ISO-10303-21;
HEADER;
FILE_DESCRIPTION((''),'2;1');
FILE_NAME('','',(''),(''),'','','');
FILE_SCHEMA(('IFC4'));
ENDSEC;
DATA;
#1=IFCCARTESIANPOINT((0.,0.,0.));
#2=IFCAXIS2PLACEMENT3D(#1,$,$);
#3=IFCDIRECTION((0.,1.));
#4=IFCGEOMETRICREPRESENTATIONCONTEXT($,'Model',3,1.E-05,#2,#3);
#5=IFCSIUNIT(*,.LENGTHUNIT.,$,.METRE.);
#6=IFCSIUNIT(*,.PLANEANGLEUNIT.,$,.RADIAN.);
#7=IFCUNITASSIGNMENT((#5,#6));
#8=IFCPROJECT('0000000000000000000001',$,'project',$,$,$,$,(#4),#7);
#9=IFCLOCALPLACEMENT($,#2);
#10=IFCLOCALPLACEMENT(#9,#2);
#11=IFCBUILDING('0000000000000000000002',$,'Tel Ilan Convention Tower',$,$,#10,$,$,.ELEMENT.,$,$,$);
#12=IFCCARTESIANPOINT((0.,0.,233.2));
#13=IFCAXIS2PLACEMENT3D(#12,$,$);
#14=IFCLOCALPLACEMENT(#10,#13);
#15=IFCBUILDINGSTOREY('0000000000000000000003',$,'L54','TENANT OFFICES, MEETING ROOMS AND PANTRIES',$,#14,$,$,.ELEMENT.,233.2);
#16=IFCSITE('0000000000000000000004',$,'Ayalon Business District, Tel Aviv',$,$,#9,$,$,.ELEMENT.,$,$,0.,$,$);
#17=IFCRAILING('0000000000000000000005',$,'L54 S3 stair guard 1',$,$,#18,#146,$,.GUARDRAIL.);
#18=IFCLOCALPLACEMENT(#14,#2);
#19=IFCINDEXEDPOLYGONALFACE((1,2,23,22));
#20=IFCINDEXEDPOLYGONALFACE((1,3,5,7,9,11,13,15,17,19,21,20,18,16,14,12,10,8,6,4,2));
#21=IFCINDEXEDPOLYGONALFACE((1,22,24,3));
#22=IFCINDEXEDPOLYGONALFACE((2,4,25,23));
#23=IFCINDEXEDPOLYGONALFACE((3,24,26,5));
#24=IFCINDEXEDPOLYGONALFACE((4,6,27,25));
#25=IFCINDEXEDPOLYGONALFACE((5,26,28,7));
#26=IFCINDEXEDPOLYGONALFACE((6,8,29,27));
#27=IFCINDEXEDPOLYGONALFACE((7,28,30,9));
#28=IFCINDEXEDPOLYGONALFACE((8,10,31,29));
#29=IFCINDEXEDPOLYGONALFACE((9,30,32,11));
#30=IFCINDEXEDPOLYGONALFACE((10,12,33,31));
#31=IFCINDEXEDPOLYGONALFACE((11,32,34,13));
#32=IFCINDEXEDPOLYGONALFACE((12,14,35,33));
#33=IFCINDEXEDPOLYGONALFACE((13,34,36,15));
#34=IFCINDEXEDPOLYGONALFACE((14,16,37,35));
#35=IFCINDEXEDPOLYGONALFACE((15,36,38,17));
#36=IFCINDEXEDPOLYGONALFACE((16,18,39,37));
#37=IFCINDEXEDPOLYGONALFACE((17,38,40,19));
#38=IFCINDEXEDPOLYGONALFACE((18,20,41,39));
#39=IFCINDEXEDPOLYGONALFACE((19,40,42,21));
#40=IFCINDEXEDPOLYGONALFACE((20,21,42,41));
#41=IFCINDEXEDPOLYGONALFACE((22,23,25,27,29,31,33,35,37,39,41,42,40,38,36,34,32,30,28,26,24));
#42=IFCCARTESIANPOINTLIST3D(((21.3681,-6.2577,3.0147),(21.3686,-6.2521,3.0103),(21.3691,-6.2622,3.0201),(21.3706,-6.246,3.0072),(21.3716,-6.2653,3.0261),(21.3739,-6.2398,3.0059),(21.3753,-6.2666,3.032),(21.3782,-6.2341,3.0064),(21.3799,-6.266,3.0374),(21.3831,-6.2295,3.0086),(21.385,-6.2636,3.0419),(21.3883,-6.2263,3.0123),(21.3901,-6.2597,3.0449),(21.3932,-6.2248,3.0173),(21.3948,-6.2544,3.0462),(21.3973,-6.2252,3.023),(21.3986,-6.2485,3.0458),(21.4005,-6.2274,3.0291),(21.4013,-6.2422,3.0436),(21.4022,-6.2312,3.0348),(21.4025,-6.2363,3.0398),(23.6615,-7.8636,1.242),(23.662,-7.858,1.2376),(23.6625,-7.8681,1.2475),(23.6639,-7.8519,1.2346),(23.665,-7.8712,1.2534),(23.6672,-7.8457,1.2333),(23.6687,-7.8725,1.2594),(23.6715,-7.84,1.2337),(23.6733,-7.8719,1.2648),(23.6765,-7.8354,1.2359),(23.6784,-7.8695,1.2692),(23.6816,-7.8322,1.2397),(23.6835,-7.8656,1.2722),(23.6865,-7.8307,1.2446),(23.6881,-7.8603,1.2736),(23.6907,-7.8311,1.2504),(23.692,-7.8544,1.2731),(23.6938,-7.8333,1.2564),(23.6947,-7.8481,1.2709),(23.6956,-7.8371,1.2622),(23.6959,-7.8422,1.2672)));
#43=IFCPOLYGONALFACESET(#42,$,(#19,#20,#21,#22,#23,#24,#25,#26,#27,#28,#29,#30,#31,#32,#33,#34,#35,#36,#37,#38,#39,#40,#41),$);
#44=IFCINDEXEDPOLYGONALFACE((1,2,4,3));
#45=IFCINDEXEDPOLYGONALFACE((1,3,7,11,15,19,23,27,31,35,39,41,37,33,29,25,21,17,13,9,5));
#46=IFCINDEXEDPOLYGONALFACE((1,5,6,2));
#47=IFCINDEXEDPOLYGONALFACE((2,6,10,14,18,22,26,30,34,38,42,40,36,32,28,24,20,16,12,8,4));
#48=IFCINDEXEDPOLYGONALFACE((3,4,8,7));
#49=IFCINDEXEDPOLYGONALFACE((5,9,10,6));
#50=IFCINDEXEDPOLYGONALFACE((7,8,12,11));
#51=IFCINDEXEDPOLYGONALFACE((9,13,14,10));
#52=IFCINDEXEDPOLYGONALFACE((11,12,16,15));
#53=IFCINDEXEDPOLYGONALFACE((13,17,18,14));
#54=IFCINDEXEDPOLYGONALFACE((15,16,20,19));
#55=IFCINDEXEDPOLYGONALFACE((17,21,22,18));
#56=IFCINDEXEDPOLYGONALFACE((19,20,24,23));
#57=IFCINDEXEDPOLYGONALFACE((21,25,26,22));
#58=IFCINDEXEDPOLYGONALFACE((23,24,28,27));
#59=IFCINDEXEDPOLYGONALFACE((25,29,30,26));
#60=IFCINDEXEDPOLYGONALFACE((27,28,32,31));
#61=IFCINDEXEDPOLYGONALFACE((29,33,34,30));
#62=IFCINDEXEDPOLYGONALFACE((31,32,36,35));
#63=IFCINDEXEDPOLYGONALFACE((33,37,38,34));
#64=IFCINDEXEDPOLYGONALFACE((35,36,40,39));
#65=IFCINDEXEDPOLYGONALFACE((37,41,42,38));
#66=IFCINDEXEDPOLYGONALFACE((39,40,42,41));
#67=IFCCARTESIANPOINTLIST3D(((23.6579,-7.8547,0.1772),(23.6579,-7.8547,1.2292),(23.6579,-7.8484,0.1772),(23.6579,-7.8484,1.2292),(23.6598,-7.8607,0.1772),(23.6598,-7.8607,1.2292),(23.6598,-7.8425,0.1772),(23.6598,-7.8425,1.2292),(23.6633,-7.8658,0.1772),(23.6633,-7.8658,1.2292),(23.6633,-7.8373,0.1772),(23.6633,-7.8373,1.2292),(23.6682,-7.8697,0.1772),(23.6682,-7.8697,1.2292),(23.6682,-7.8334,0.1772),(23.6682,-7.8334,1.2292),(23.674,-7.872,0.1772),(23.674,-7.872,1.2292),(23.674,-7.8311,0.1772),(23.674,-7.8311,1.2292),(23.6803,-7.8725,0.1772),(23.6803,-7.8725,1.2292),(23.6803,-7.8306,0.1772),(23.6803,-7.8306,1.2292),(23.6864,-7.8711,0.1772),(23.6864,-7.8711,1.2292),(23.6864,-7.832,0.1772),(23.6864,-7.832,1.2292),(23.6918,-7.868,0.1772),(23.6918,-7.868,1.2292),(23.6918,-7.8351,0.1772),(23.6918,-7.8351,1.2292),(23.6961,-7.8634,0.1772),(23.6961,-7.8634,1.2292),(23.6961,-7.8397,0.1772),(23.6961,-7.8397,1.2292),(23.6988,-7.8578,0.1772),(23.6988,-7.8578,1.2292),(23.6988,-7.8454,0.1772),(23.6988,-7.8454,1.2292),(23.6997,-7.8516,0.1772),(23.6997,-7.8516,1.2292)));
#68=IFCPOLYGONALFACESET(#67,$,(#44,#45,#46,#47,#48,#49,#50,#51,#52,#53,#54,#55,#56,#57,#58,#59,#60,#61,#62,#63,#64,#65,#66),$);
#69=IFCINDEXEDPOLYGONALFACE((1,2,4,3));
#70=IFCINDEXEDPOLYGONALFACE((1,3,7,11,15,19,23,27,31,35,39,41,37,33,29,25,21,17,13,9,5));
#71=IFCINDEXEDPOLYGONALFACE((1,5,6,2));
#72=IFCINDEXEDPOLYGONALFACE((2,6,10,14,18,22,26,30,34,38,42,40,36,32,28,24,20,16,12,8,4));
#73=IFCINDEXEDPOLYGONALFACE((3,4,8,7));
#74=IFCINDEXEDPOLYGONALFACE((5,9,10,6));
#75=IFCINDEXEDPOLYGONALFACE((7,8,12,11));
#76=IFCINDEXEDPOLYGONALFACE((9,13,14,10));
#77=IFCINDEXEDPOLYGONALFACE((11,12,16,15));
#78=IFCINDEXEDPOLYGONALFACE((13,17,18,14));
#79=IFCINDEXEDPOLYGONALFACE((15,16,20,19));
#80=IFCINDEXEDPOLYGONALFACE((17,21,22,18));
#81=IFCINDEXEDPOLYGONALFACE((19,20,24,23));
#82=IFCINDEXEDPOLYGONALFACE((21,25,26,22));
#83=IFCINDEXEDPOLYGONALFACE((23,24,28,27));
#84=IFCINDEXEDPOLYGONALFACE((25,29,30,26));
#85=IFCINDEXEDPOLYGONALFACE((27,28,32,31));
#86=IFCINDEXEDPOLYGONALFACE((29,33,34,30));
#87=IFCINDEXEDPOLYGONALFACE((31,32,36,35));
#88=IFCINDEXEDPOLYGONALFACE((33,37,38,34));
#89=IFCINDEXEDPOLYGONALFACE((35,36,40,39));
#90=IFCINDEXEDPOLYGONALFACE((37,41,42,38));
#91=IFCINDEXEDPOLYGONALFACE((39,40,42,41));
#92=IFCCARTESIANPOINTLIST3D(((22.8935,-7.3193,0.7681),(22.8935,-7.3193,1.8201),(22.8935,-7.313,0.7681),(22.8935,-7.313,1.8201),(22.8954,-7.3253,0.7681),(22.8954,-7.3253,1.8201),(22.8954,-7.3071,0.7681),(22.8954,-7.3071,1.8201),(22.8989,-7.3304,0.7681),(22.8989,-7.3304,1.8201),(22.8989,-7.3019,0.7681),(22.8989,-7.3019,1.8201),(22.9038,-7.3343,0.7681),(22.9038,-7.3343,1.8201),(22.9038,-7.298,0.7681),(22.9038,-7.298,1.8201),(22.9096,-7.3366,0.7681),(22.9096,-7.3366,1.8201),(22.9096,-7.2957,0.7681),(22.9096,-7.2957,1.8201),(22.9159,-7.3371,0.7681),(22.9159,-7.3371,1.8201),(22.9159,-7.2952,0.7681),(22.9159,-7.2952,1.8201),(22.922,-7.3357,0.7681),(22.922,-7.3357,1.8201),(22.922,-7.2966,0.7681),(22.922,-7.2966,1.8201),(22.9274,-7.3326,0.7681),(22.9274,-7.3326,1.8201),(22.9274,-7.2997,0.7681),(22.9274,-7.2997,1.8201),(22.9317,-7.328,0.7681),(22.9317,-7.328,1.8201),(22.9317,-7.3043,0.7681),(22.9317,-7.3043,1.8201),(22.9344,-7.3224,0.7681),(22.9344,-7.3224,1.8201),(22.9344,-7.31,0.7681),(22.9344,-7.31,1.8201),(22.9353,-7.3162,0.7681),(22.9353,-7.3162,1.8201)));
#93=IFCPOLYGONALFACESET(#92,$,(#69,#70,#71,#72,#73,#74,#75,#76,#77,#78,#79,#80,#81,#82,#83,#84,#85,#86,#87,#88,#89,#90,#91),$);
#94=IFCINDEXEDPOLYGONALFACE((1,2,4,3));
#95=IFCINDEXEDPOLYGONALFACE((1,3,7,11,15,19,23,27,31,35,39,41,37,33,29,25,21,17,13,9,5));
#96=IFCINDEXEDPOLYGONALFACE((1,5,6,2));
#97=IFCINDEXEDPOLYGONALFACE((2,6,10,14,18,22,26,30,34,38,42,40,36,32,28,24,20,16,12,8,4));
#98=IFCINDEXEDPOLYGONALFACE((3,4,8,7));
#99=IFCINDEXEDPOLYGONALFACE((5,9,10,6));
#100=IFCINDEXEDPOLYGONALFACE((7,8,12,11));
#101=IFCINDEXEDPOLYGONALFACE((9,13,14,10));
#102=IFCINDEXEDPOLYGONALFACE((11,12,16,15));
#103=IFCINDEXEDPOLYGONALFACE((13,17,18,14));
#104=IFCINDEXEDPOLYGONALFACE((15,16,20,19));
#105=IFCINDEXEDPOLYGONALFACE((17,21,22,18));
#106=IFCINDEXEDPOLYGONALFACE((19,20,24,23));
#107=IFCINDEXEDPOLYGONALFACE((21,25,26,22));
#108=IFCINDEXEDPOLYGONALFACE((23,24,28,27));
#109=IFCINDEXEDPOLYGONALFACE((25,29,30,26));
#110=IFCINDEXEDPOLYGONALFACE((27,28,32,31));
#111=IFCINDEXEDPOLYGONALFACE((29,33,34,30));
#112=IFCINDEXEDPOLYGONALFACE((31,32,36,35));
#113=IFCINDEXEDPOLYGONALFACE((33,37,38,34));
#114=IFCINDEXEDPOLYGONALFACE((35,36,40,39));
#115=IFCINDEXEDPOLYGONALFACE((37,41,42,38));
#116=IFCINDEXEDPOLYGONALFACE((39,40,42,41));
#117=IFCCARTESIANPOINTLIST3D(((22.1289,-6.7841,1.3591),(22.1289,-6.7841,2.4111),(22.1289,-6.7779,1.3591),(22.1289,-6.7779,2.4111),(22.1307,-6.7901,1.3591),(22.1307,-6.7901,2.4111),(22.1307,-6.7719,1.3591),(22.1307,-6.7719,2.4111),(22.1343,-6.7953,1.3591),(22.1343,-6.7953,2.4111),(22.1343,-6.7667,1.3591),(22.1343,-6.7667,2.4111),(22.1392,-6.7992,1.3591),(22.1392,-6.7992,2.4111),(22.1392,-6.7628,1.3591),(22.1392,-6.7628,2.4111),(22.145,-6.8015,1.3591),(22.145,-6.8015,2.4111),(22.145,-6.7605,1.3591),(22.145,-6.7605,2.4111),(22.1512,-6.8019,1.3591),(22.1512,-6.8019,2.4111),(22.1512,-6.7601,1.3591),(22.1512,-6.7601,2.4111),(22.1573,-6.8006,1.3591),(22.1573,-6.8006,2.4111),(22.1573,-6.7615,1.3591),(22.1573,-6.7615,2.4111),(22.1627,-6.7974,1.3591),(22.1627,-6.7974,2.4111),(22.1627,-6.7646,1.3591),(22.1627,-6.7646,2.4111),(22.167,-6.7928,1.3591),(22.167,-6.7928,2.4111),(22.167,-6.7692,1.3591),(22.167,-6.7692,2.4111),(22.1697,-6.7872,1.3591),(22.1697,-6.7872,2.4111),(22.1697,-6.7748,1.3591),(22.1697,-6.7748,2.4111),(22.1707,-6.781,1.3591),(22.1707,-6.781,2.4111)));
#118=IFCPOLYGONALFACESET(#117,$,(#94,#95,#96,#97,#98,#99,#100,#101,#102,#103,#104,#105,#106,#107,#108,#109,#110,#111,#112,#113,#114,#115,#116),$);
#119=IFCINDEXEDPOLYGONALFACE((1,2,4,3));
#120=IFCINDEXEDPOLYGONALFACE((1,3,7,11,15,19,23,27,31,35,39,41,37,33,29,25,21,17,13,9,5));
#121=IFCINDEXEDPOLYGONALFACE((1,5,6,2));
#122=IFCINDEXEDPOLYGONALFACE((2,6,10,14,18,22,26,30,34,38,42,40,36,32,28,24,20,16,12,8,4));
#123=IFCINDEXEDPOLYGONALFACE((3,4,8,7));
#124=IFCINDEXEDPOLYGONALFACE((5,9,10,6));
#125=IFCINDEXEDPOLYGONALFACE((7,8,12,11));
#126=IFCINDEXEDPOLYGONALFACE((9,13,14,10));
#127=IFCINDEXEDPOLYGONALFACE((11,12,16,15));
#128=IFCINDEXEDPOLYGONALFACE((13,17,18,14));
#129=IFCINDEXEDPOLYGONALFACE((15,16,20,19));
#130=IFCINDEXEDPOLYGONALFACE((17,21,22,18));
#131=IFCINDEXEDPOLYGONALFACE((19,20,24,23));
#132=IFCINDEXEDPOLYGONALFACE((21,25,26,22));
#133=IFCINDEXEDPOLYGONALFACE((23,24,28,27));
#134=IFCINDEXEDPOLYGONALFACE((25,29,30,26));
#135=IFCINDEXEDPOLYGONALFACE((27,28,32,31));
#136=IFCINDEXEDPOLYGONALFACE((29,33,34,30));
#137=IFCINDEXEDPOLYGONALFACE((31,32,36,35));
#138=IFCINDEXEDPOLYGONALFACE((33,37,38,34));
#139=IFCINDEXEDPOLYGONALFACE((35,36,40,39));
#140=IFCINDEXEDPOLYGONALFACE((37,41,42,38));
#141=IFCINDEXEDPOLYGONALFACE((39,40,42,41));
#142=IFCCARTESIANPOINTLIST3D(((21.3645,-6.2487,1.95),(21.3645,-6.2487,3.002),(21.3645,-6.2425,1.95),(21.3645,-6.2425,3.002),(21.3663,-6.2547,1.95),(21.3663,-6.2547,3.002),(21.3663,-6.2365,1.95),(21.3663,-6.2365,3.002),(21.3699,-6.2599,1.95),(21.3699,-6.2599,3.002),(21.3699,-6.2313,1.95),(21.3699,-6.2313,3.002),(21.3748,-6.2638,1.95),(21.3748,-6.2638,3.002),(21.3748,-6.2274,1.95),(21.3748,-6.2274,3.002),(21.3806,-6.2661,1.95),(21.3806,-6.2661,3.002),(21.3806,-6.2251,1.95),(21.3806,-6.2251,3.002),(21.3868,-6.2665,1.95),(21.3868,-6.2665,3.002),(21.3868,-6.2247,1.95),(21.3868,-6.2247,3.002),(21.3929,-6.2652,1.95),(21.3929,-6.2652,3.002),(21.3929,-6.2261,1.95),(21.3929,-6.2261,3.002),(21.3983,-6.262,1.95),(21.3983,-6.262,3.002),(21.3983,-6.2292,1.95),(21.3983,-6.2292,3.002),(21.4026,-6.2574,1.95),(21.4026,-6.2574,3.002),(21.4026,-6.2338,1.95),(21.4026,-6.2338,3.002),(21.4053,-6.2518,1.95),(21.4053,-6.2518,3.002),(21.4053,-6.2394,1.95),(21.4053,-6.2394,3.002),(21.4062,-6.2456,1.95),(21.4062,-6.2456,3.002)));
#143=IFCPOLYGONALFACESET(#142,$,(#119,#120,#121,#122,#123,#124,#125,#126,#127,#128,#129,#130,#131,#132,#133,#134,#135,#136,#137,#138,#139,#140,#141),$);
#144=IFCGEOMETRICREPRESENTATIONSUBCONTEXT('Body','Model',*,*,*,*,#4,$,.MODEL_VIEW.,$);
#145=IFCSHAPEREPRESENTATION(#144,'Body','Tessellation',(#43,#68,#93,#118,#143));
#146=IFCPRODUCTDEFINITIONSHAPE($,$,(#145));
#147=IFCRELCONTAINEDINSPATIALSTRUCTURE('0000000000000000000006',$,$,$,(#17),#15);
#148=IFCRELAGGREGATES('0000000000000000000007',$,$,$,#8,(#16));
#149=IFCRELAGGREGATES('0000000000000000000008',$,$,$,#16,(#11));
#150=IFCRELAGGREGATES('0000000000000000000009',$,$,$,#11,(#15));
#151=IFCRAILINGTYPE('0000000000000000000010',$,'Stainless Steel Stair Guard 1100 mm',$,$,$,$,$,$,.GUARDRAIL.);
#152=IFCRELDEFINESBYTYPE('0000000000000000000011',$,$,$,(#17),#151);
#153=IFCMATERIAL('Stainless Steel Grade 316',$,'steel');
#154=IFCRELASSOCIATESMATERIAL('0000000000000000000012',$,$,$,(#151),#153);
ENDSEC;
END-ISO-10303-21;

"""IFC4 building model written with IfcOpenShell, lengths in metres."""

from ifc_helpers import new_model, si_unit, direction, frame, origin, origin_2d, place, context, subcontext, project, spatial, circle, extrude, material, type_object, element, save


model = new_model("IFC4")

# Units and contexts
model_context = context("Model", 3, precision=1e-05, world=origin(), true_north=direction((0.0, 1.0)))
body_context = subcontext(model_context, "Body", "Model", "MODEL_VIEW")
ifc_project = project(units=[si_unit("LENGTHUNIT", "METRE"), si_unit("PLANEANGLEUNIT", "RADIAN")], contexts=[model_context])

# Site, building, storey
site_placement = place(None, origin())
site = spatial("IfcSite", under=ifc_project, at=site_placement, Name="Ayalon Business District, Tel Aviv", CompositionType="ELEMENT", RefElevation=0.0)
building_placement = place(site_placement, origin())
building = spatial("IfcBuilding", under=site, at=building_placement, Name="Tel Ilan Convention Tower", CompositionType="ELEMENT")
storey_placement = place(building_placement, frame((0.0, 0.0, 233.2)))
storey = spatial("IfcBuildingStorey", under=building, at=storey_placement, Name="L54", Description="TENANT OFFICES, MEETING ROOMS AND PANTRIES", CompositionType="ELEMENT", Elevation=233.2)

# Railing
ifc_material_1 = material(Name="Stainless Steel Grade 316", Category="steel")
railing_type_1 = type_object("IfcRailingType", Name="Stainless Steel Stair Guard 1100 mm", PredefinedType="GUARDRAIL", material=ifc_material_1)
railing_1_placement = place(storey_placement, frame((23.6787, -7.8516, 0.1772)))
element("IfcRailing", 1, at=railing_1_placement, inside=storey, type_object=railing_type_1, Name="L54 S3 stair guard 1", PredefinedType="GUARDRAIL", context=body_context, shape_type="SweptSolid", body=[
    extrude(circle(Radius=0.0239, at=origin_2d()), frame((0.0, 0.0, 1.0762), z_axis=(-0.692085, 0.484621, 0.53494), x_axis=(-0.573591, -0.819142, 0.0)), (0.0, 0.0, 1.0), 3.3137),
    extrude(circle(Radius=0.021, at=origin_2d()), origin(), (0.0, 0.0, 1.0), 1.052),
    extrude(circle(Radius=0.021, at=origin_2d()), frame((-0.7644, 0.5354, 0.5908)), (0.0, 0.0, 1.0), 1.052),
    extrude(circle(Radius=0.021, at=origin_2d()), frame((-1.5291, 1.0706, 1.1819)), (0.0, 0.0, 1.0), 1.052),
    extrude(circle(Radius=0.021, at=origin_2d()), frame((-2.2935, 1.606, 1.7727)), (0.0, 0.0, 1.0), 1.052),
])

save(model, "model.ifc")
